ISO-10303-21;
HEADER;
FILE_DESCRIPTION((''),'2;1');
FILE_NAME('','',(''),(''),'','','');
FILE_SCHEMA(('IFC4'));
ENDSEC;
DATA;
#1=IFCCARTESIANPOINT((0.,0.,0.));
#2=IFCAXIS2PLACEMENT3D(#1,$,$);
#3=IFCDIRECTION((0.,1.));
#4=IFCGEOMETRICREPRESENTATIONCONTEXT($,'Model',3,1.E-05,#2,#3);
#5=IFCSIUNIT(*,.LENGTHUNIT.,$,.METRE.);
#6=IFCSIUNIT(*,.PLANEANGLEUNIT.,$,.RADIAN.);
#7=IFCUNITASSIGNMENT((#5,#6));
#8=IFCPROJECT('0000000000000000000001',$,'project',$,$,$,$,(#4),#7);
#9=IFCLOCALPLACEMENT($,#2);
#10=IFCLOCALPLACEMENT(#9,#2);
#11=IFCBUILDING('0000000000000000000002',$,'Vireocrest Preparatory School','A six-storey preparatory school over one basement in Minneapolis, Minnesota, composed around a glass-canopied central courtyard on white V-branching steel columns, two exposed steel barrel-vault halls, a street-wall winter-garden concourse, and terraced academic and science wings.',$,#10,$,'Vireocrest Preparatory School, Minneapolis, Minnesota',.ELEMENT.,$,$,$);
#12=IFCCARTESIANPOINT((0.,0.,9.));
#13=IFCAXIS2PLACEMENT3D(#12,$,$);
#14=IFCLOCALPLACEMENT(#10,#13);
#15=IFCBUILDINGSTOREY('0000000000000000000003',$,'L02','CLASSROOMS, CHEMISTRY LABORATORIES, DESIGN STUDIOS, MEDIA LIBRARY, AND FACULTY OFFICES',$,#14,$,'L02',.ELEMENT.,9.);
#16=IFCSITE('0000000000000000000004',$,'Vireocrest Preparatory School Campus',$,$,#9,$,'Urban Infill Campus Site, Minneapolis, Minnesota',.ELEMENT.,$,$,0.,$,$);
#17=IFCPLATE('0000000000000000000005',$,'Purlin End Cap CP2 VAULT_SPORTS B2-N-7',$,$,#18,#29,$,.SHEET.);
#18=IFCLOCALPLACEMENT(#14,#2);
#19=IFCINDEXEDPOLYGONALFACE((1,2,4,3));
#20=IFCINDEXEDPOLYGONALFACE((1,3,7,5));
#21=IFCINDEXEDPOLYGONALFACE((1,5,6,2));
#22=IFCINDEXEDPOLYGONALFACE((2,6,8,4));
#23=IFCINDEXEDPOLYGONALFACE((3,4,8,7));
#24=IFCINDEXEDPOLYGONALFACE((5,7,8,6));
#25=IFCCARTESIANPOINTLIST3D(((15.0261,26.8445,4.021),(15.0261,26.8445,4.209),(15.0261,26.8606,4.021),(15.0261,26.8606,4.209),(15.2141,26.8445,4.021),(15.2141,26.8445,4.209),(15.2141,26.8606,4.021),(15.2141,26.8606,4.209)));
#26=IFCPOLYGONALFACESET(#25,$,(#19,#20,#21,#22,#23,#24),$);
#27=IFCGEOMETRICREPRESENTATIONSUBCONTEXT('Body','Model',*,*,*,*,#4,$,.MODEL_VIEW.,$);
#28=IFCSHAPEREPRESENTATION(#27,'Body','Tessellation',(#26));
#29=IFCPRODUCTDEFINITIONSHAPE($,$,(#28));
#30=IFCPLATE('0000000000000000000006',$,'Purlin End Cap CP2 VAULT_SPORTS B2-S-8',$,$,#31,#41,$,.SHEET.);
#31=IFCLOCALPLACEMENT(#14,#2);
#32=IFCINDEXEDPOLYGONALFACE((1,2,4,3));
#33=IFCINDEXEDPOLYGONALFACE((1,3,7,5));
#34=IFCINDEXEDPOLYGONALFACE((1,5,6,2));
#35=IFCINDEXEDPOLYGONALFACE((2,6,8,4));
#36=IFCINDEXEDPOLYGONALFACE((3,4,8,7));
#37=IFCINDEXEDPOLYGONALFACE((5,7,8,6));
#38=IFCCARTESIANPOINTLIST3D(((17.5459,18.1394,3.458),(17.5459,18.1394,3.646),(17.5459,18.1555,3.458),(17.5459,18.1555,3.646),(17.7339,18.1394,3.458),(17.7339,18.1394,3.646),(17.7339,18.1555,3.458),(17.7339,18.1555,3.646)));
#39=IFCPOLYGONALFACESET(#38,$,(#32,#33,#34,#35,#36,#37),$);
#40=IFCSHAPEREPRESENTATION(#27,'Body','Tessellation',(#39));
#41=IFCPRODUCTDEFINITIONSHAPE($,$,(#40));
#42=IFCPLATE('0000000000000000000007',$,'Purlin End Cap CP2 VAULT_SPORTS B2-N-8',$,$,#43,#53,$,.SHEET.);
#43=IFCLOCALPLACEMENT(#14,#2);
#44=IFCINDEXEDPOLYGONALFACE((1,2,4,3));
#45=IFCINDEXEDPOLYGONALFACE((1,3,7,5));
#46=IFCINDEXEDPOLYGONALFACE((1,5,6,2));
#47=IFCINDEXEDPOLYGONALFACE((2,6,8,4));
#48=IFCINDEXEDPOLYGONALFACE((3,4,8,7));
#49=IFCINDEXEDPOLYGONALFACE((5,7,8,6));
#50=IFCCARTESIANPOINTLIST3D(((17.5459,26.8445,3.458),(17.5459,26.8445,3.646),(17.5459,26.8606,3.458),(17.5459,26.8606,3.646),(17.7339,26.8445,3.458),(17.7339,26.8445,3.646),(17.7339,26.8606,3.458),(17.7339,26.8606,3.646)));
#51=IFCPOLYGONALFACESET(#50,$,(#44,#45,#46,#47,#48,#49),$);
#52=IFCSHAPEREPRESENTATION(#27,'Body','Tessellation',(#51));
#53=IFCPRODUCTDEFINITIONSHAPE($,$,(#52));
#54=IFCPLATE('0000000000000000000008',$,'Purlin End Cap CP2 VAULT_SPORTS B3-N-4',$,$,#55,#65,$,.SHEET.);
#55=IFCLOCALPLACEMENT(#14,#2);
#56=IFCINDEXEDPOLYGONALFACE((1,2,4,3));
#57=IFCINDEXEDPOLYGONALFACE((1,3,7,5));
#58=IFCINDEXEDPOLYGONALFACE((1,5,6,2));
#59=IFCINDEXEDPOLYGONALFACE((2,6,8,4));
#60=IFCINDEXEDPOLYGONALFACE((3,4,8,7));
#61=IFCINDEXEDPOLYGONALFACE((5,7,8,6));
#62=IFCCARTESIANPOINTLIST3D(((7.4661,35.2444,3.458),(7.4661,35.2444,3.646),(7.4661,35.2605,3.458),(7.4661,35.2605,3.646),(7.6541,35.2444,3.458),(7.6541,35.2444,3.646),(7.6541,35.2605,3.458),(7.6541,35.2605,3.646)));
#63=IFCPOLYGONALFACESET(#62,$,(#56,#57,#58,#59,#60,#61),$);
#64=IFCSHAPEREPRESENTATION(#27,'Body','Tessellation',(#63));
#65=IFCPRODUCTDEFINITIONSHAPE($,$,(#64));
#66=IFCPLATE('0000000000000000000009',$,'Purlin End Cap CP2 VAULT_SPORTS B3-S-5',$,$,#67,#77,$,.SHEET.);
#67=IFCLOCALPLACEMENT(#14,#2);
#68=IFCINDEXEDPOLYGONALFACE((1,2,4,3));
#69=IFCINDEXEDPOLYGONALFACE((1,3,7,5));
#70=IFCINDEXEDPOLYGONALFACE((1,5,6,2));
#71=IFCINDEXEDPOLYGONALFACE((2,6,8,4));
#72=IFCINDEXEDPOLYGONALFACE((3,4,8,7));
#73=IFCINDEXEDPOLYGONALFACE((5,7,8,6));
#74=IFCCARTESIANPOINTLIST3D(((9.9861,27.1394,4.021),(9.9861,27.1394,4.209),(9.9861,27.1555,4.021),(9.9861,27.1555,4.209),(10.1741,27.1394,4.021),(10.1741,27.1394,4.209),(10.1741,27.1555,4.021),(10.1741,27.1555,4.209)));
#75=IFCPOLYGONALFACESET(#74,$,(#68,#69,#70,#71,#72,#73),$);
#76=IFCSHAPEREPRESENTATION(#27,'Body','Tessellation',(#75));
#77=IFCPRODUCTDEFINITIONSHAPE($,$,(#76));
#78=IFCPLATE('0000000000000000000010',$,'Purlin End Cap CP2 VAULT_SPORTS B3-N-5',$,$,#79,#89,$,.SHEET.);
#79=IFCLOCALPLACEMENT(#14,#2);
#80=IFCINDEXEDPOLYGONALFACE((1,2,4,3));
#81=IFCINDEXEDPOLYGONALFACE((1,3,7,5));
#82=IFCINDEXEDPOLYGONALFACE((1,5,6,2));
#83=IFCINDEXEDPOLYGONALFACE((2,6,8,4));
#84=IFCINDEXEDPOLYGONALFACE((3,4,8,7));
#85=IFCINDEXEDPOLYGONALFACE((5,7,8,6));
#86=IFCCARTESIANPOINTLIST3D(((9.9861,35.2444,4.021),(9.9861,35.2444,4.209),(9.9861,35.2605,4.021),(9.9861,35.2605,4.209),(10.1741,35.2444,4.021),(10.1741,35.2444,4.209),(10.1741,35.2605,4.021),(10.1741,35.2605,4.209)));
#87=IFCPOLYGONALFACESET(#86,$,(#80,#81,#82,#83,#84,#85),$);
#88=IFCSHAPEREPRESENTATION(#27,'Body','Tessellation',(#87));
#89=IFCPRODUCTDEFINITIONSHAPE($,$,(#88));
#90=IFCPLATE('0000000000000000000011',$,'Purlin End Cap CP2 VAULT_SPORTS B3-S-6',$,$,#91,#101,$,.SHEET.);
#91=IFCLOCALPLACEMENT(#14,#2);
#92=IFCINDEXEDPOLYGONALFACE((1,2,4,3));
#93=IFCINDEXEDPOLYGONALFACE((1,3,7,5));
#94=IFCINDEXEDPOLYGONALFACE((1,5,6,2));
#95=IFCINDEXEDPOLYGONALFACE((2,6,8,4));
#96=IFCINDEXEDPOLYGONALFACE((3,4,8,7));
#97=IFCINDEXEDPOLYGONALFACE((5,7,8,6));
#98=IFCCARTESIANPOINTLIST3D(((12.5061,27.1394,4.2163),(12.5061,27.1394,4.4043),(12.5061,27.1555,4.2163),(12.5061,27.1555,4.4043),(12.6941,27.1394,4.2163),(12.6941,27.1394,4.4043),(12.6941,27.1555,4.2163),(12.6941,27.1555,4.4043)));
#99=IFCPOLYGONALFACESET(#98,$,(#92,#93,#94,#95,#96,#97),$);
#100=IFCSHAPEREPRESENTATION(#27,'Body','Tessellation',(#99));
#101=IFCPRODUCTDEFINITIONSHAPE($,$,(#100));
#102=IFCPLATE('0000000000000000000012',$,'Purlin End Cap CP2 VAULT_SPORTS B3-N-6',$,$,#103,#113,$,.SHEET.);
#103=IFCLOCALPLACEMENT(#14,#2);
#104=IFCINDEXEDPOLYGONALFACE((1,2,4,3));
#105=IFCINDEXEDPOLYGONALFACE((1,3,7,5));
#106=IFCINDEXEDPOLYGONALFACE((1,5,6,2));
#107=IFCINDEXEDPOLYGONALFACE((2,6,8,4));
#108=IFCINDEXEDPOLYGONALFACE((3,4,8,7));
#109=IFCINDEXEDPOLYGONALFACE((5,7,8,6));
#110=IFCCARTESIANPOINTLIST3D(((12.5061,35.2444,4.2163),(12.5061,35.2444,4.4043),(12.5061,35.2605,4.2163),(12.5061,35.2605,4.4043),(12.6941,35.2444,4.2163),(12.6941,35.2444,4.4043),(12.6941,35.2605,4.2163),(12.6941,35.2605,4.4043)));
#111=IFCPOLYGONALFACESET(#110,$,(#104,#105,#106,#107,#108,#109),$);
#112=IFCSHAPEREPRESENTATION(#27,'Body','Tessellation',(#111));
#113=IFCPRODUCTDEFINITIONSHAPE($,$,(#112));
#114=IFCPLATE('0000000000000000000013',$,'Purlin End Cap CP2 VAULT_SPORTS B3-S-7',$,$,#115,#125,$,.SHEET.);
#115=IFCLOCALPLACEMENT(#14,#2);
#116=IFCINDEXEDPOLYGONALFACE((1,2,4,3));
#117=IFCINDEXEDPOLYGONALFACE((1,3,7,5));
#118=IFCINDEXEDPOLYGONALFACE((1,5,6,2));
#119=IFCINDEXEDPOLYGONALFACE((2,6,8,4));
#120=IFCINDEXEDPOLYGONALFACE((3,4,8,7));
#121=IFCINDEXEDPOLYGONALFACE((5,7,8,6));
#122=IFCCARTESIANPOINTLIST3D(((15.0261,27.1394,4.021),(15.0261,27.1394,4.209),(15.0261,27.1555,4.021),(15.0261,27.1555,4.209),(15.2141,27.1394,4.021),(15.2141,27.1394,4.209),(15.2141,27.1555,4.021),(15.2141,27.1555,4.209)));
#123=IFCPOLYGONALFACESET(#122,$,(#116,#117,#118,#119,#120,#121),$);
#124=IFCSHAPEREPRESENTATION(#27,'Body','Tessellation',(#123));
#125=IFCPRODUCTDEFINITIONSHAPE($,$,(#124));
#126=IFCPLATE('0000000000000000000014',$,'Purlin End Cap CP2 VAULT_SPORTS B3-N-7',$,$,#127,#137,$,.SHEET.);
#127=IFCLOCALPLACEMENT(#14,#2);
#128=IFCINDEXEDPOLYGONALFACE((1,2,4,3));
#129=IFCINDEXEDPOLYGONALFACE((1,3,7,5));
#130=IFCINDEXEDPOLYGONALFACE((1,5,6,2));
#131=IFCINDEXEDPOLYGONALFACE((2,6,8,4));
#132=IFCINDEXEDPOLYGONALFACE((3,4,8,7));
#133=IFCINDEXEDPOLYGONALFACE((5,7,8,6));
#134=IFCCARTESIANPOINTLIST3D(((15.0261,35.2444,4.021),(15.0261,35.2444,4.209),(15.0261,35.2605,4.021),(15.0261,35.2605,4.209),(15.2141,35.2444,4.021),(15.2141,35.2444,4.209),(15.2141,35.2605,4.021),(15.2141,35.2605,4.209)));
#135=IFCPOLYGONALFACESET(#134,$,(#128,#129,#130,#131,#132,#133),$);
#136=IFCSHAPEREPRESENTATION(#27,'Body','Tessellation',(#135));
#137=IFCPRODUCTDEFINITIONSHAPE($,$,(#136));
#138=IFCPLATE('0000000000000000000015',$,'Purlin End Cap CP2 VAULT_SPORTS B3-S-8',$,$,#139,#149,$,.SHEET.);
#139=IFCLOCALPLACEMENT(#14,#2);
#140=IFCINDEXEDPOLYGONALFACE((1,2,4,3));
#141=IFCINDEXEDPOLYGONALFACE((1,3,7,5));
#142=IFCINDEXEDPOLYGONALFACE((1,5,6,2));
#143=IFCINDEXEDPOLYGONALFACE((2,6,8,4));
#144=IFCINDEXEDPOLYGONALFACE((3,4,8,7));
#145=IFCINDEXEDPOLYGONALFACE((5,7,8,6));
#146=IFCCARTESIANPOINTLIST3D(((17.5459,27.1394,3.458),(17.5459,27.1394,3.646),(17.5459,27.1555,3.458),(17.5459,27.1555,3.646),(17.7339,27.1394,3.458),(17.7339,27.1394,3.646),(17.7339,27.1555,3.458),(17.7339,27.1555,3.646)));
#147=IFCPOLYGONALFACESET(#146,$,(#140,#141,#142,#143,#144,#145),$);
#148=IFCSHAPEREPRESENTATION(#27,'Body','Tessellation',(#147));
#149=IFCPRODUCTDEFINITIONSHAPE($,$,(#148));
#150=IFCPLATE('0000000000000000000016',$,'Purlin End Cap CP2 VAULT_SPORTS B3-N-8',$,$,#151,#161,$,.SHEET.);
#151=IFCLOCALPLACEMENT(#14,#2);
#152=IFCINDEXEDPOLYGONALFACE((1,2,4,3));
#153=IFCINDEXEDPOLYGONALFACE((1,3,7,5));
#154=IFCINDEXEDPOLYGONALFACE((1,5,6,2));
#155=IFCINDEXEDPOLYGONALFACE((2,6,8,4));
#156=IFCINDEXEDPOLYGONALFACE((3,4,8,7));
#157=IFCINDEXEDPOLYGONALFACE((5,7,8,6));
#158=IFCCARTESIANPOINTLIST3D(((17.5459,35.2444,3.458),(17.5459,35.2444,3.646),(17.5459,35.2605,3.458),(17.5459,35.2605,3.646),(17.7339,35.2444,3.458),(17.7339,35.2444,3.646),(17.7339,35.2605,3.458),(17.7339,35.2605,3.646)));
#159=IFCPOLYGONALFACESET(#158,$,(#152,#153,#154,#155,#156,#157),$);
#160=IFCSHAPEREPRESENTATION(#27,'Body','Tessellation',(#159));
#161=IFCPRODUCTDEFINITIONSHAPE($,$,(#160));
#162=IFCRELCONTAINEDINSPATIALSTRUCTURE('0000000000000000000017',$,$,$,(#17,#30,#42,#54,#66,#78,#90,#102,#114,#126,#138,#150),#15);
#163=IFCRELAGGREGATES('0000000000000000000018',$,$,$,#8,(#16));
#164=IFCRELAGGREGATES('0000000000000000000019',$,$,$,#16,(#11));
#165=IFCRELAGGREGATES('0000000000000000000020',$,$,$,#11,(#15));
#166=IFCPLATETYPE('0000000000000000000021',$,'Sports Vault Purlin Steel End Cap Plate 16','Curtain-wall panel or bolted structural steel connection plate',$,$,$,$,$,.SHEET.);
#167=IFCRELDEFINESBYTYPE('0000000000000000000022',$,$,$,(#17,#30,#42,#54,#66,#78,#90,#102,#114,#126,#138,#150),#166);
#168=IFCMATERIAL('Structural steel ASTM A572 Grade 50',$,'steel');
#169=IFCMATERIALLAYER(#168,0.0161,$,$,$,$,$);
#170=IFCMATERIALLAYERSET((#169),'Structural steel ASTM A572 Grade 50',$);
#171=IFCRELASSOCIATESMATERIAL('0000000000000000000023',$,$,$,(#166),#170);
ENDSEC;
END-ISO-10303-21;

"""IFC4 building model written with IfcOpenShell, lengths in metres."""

from ifc_helpers import new_model, si_unit, direction, frame, origin, origin_2d, place, context, subcontext, project, spatial, rectangle, extrude, material, layer, layer_set, type_object, element, save


model = new_model("IFC4")

# Units and contexts
model_context = context("Model", 3, precision=1e-05, world=origin(), true_north=direction((0.0, 1.0)))
body_context = subcontext(model_context, "Body", "Model", "MODEL_VIEW")
ifc_project = project(units=[si_unit("LENGTHUNIT", "METRE"), si_unit("PLANEANGLEUNIT", "RADIAN")], contexts=[model_context])

# Site, building, storey
site_placement = place(None, origin())
site = spatial("IfcSite", under=ifc_project, at=site_placement, Name="Vireocrest Preparatory School Campus", LongName="Urban Infill Campus Site, Minneapolis, Minnesota", CompositionType="ELEMENT", RefElevation=0.0)
building_placement = place(site_placement, origin())
building = spatial("IfcBuilding", under=site, at=building_placement, Name="Vireocrest Preparatory School", Description="A six-storey preparatory school over one basement in Minneapolis, Minnesota, composed around a glass-canopied central courtyard on white V-branching steel columns, two exposed steel barrel-vault halls, a street-wall winter-garden concourse, and terraced academic and science wings.", LongName="Vireocrest Preparatory School, Minneapolis, Minnesota", CompositionType="ELEMENT")
storey_placement = place(building_placement, frame((0.0, 0.0, 9.0)))
storey = spatial("IfcBuildingStorey", under=building, at=storey_placement, Name="L02", Description="CLASSROOMS, CHEMISTRY LABORATORIES, DESIGN STUDIOS, MEDIA LIBRARY, AND FACULTY OFFICES", LongName="L02", CompositionType="ELEMENT", Elevation=9.0)

# Plates
ifc_material_1 = material(Name="Structural steel ASTM A572 Grade 50", Category="steel")
ifc_layer = layer(ifc_material_1, 0.0161)
ifc_layer_set = layer_set([ifc_layer], Name="Structural steel ASTM A572 Grade 50")
plate_type = type_object("IfcPlateType", Name="Sports Vault Purlin Steel End Cap Plate 16", Description="Curtain-wall panel or bolted structural steel connection plate", PredefinedType="SHEET", material=ifc_layer_set)
for number, where, z_axis, x_axis, name in (
    (1, (15.1201, 26.8525, 4.021), (0.0, 0.0, 1.0), (1.0, 0.0, 0.0), "Purlin End Cap CP2 VAULT_SPORTS B2-N-7"),
    (2, (17.6399, 18.1475, 3.458), (0.0, 0.0, 1.0), (1.0, 0.0, 0.0), "Purlin End Cap CP2 VAULT_SPORTS B2-S-8"),
    (3, (17.6399, 26.8525, 3.458), (0.0, 0.0, 1.0), (1.0, 0.0, 0.0), "Purlin End Cap CP2 VAULT_SPORTS B2-N-8"),
    (4, (7.5601, 35.2524, 3.458), (0.0, 0.0, 1.0), (1.0, 0.0, 0.0), "Purlin End Cap CP2 VAULT_SPORTS B3-N-4"),
    (5, (10.0801, 27.1475, 4.021), (0.0, 0.0, 1.0), (1.0, 0.0, 0.0), "Purlin End Cap CP2 VAULT_SPORTS B3-S-5"),
    (6, (10.0801, 35.2524, 4.021), (0.0, 0.0, 1.0), (1.0, 0.0, 0.0), "Purlin End Cap CP2 VAULT_SPORTS B3-N-5"),
    (7, (12.6001, 27.1475, 4.2163), (0.0, 0.0, 1.0), (1.0, 0.0, 0.0), "Purlin End Cap CP2 VAULT_SPORTS B3-S-6"),
    (8, (12.6001, 35.2524, 4.2163), (0.0, 0.0, 1.0), (1.0, 0.0, 0.0), "Purlin End Cap CP2 VAULT_SPORTS B3-N-6"),
    (9, (15.1201, 27.1475, 4.021), (0.0, 0.0, 1.0), (1.0, 0.0, 0.0), "Purlin End Cap CP2 VAULT_SPORTS B3-S-7"),
    (10, (15.1201, 35.2524, 4.021), (0.0, 0.0, 1.0), (1.0, 0.0, 0.0), "Purlin End Cap CP2 VAULT_SPORTS B3-N-7"),
    (11, (17.6399, 27.1475, 3.458), (0.0, 0.0, 1.0), (1.0, 0.0, 0.0), "Purlin End Cap CP2 VAULT_SPORTS B3-S-8"),
    (12, (17.6399, 35.2524, 3.458), (0.0, 0.0, 1.0), (1.0, 0.0, 0.0), "Purlin End Cap CP2 VAULT_SPORTS B3-N-8"),
):
    element("IfcPlate", number, at=place(storey_placement, frame(where, z_axis=z_axis, x_axis=x_axis)), inside=storey, type_object=plate_type, Name=name, PredefinedType="SHEET", context=body_context, shape_type="SweptSolid", body=[
        extrude(rectangle(XDim=0.188, YDim=0.0161, at=origin_2d()), origin(), (0.0, 0.0, 1.0), 0.188),
    ])

save(model, "model.ifc")
